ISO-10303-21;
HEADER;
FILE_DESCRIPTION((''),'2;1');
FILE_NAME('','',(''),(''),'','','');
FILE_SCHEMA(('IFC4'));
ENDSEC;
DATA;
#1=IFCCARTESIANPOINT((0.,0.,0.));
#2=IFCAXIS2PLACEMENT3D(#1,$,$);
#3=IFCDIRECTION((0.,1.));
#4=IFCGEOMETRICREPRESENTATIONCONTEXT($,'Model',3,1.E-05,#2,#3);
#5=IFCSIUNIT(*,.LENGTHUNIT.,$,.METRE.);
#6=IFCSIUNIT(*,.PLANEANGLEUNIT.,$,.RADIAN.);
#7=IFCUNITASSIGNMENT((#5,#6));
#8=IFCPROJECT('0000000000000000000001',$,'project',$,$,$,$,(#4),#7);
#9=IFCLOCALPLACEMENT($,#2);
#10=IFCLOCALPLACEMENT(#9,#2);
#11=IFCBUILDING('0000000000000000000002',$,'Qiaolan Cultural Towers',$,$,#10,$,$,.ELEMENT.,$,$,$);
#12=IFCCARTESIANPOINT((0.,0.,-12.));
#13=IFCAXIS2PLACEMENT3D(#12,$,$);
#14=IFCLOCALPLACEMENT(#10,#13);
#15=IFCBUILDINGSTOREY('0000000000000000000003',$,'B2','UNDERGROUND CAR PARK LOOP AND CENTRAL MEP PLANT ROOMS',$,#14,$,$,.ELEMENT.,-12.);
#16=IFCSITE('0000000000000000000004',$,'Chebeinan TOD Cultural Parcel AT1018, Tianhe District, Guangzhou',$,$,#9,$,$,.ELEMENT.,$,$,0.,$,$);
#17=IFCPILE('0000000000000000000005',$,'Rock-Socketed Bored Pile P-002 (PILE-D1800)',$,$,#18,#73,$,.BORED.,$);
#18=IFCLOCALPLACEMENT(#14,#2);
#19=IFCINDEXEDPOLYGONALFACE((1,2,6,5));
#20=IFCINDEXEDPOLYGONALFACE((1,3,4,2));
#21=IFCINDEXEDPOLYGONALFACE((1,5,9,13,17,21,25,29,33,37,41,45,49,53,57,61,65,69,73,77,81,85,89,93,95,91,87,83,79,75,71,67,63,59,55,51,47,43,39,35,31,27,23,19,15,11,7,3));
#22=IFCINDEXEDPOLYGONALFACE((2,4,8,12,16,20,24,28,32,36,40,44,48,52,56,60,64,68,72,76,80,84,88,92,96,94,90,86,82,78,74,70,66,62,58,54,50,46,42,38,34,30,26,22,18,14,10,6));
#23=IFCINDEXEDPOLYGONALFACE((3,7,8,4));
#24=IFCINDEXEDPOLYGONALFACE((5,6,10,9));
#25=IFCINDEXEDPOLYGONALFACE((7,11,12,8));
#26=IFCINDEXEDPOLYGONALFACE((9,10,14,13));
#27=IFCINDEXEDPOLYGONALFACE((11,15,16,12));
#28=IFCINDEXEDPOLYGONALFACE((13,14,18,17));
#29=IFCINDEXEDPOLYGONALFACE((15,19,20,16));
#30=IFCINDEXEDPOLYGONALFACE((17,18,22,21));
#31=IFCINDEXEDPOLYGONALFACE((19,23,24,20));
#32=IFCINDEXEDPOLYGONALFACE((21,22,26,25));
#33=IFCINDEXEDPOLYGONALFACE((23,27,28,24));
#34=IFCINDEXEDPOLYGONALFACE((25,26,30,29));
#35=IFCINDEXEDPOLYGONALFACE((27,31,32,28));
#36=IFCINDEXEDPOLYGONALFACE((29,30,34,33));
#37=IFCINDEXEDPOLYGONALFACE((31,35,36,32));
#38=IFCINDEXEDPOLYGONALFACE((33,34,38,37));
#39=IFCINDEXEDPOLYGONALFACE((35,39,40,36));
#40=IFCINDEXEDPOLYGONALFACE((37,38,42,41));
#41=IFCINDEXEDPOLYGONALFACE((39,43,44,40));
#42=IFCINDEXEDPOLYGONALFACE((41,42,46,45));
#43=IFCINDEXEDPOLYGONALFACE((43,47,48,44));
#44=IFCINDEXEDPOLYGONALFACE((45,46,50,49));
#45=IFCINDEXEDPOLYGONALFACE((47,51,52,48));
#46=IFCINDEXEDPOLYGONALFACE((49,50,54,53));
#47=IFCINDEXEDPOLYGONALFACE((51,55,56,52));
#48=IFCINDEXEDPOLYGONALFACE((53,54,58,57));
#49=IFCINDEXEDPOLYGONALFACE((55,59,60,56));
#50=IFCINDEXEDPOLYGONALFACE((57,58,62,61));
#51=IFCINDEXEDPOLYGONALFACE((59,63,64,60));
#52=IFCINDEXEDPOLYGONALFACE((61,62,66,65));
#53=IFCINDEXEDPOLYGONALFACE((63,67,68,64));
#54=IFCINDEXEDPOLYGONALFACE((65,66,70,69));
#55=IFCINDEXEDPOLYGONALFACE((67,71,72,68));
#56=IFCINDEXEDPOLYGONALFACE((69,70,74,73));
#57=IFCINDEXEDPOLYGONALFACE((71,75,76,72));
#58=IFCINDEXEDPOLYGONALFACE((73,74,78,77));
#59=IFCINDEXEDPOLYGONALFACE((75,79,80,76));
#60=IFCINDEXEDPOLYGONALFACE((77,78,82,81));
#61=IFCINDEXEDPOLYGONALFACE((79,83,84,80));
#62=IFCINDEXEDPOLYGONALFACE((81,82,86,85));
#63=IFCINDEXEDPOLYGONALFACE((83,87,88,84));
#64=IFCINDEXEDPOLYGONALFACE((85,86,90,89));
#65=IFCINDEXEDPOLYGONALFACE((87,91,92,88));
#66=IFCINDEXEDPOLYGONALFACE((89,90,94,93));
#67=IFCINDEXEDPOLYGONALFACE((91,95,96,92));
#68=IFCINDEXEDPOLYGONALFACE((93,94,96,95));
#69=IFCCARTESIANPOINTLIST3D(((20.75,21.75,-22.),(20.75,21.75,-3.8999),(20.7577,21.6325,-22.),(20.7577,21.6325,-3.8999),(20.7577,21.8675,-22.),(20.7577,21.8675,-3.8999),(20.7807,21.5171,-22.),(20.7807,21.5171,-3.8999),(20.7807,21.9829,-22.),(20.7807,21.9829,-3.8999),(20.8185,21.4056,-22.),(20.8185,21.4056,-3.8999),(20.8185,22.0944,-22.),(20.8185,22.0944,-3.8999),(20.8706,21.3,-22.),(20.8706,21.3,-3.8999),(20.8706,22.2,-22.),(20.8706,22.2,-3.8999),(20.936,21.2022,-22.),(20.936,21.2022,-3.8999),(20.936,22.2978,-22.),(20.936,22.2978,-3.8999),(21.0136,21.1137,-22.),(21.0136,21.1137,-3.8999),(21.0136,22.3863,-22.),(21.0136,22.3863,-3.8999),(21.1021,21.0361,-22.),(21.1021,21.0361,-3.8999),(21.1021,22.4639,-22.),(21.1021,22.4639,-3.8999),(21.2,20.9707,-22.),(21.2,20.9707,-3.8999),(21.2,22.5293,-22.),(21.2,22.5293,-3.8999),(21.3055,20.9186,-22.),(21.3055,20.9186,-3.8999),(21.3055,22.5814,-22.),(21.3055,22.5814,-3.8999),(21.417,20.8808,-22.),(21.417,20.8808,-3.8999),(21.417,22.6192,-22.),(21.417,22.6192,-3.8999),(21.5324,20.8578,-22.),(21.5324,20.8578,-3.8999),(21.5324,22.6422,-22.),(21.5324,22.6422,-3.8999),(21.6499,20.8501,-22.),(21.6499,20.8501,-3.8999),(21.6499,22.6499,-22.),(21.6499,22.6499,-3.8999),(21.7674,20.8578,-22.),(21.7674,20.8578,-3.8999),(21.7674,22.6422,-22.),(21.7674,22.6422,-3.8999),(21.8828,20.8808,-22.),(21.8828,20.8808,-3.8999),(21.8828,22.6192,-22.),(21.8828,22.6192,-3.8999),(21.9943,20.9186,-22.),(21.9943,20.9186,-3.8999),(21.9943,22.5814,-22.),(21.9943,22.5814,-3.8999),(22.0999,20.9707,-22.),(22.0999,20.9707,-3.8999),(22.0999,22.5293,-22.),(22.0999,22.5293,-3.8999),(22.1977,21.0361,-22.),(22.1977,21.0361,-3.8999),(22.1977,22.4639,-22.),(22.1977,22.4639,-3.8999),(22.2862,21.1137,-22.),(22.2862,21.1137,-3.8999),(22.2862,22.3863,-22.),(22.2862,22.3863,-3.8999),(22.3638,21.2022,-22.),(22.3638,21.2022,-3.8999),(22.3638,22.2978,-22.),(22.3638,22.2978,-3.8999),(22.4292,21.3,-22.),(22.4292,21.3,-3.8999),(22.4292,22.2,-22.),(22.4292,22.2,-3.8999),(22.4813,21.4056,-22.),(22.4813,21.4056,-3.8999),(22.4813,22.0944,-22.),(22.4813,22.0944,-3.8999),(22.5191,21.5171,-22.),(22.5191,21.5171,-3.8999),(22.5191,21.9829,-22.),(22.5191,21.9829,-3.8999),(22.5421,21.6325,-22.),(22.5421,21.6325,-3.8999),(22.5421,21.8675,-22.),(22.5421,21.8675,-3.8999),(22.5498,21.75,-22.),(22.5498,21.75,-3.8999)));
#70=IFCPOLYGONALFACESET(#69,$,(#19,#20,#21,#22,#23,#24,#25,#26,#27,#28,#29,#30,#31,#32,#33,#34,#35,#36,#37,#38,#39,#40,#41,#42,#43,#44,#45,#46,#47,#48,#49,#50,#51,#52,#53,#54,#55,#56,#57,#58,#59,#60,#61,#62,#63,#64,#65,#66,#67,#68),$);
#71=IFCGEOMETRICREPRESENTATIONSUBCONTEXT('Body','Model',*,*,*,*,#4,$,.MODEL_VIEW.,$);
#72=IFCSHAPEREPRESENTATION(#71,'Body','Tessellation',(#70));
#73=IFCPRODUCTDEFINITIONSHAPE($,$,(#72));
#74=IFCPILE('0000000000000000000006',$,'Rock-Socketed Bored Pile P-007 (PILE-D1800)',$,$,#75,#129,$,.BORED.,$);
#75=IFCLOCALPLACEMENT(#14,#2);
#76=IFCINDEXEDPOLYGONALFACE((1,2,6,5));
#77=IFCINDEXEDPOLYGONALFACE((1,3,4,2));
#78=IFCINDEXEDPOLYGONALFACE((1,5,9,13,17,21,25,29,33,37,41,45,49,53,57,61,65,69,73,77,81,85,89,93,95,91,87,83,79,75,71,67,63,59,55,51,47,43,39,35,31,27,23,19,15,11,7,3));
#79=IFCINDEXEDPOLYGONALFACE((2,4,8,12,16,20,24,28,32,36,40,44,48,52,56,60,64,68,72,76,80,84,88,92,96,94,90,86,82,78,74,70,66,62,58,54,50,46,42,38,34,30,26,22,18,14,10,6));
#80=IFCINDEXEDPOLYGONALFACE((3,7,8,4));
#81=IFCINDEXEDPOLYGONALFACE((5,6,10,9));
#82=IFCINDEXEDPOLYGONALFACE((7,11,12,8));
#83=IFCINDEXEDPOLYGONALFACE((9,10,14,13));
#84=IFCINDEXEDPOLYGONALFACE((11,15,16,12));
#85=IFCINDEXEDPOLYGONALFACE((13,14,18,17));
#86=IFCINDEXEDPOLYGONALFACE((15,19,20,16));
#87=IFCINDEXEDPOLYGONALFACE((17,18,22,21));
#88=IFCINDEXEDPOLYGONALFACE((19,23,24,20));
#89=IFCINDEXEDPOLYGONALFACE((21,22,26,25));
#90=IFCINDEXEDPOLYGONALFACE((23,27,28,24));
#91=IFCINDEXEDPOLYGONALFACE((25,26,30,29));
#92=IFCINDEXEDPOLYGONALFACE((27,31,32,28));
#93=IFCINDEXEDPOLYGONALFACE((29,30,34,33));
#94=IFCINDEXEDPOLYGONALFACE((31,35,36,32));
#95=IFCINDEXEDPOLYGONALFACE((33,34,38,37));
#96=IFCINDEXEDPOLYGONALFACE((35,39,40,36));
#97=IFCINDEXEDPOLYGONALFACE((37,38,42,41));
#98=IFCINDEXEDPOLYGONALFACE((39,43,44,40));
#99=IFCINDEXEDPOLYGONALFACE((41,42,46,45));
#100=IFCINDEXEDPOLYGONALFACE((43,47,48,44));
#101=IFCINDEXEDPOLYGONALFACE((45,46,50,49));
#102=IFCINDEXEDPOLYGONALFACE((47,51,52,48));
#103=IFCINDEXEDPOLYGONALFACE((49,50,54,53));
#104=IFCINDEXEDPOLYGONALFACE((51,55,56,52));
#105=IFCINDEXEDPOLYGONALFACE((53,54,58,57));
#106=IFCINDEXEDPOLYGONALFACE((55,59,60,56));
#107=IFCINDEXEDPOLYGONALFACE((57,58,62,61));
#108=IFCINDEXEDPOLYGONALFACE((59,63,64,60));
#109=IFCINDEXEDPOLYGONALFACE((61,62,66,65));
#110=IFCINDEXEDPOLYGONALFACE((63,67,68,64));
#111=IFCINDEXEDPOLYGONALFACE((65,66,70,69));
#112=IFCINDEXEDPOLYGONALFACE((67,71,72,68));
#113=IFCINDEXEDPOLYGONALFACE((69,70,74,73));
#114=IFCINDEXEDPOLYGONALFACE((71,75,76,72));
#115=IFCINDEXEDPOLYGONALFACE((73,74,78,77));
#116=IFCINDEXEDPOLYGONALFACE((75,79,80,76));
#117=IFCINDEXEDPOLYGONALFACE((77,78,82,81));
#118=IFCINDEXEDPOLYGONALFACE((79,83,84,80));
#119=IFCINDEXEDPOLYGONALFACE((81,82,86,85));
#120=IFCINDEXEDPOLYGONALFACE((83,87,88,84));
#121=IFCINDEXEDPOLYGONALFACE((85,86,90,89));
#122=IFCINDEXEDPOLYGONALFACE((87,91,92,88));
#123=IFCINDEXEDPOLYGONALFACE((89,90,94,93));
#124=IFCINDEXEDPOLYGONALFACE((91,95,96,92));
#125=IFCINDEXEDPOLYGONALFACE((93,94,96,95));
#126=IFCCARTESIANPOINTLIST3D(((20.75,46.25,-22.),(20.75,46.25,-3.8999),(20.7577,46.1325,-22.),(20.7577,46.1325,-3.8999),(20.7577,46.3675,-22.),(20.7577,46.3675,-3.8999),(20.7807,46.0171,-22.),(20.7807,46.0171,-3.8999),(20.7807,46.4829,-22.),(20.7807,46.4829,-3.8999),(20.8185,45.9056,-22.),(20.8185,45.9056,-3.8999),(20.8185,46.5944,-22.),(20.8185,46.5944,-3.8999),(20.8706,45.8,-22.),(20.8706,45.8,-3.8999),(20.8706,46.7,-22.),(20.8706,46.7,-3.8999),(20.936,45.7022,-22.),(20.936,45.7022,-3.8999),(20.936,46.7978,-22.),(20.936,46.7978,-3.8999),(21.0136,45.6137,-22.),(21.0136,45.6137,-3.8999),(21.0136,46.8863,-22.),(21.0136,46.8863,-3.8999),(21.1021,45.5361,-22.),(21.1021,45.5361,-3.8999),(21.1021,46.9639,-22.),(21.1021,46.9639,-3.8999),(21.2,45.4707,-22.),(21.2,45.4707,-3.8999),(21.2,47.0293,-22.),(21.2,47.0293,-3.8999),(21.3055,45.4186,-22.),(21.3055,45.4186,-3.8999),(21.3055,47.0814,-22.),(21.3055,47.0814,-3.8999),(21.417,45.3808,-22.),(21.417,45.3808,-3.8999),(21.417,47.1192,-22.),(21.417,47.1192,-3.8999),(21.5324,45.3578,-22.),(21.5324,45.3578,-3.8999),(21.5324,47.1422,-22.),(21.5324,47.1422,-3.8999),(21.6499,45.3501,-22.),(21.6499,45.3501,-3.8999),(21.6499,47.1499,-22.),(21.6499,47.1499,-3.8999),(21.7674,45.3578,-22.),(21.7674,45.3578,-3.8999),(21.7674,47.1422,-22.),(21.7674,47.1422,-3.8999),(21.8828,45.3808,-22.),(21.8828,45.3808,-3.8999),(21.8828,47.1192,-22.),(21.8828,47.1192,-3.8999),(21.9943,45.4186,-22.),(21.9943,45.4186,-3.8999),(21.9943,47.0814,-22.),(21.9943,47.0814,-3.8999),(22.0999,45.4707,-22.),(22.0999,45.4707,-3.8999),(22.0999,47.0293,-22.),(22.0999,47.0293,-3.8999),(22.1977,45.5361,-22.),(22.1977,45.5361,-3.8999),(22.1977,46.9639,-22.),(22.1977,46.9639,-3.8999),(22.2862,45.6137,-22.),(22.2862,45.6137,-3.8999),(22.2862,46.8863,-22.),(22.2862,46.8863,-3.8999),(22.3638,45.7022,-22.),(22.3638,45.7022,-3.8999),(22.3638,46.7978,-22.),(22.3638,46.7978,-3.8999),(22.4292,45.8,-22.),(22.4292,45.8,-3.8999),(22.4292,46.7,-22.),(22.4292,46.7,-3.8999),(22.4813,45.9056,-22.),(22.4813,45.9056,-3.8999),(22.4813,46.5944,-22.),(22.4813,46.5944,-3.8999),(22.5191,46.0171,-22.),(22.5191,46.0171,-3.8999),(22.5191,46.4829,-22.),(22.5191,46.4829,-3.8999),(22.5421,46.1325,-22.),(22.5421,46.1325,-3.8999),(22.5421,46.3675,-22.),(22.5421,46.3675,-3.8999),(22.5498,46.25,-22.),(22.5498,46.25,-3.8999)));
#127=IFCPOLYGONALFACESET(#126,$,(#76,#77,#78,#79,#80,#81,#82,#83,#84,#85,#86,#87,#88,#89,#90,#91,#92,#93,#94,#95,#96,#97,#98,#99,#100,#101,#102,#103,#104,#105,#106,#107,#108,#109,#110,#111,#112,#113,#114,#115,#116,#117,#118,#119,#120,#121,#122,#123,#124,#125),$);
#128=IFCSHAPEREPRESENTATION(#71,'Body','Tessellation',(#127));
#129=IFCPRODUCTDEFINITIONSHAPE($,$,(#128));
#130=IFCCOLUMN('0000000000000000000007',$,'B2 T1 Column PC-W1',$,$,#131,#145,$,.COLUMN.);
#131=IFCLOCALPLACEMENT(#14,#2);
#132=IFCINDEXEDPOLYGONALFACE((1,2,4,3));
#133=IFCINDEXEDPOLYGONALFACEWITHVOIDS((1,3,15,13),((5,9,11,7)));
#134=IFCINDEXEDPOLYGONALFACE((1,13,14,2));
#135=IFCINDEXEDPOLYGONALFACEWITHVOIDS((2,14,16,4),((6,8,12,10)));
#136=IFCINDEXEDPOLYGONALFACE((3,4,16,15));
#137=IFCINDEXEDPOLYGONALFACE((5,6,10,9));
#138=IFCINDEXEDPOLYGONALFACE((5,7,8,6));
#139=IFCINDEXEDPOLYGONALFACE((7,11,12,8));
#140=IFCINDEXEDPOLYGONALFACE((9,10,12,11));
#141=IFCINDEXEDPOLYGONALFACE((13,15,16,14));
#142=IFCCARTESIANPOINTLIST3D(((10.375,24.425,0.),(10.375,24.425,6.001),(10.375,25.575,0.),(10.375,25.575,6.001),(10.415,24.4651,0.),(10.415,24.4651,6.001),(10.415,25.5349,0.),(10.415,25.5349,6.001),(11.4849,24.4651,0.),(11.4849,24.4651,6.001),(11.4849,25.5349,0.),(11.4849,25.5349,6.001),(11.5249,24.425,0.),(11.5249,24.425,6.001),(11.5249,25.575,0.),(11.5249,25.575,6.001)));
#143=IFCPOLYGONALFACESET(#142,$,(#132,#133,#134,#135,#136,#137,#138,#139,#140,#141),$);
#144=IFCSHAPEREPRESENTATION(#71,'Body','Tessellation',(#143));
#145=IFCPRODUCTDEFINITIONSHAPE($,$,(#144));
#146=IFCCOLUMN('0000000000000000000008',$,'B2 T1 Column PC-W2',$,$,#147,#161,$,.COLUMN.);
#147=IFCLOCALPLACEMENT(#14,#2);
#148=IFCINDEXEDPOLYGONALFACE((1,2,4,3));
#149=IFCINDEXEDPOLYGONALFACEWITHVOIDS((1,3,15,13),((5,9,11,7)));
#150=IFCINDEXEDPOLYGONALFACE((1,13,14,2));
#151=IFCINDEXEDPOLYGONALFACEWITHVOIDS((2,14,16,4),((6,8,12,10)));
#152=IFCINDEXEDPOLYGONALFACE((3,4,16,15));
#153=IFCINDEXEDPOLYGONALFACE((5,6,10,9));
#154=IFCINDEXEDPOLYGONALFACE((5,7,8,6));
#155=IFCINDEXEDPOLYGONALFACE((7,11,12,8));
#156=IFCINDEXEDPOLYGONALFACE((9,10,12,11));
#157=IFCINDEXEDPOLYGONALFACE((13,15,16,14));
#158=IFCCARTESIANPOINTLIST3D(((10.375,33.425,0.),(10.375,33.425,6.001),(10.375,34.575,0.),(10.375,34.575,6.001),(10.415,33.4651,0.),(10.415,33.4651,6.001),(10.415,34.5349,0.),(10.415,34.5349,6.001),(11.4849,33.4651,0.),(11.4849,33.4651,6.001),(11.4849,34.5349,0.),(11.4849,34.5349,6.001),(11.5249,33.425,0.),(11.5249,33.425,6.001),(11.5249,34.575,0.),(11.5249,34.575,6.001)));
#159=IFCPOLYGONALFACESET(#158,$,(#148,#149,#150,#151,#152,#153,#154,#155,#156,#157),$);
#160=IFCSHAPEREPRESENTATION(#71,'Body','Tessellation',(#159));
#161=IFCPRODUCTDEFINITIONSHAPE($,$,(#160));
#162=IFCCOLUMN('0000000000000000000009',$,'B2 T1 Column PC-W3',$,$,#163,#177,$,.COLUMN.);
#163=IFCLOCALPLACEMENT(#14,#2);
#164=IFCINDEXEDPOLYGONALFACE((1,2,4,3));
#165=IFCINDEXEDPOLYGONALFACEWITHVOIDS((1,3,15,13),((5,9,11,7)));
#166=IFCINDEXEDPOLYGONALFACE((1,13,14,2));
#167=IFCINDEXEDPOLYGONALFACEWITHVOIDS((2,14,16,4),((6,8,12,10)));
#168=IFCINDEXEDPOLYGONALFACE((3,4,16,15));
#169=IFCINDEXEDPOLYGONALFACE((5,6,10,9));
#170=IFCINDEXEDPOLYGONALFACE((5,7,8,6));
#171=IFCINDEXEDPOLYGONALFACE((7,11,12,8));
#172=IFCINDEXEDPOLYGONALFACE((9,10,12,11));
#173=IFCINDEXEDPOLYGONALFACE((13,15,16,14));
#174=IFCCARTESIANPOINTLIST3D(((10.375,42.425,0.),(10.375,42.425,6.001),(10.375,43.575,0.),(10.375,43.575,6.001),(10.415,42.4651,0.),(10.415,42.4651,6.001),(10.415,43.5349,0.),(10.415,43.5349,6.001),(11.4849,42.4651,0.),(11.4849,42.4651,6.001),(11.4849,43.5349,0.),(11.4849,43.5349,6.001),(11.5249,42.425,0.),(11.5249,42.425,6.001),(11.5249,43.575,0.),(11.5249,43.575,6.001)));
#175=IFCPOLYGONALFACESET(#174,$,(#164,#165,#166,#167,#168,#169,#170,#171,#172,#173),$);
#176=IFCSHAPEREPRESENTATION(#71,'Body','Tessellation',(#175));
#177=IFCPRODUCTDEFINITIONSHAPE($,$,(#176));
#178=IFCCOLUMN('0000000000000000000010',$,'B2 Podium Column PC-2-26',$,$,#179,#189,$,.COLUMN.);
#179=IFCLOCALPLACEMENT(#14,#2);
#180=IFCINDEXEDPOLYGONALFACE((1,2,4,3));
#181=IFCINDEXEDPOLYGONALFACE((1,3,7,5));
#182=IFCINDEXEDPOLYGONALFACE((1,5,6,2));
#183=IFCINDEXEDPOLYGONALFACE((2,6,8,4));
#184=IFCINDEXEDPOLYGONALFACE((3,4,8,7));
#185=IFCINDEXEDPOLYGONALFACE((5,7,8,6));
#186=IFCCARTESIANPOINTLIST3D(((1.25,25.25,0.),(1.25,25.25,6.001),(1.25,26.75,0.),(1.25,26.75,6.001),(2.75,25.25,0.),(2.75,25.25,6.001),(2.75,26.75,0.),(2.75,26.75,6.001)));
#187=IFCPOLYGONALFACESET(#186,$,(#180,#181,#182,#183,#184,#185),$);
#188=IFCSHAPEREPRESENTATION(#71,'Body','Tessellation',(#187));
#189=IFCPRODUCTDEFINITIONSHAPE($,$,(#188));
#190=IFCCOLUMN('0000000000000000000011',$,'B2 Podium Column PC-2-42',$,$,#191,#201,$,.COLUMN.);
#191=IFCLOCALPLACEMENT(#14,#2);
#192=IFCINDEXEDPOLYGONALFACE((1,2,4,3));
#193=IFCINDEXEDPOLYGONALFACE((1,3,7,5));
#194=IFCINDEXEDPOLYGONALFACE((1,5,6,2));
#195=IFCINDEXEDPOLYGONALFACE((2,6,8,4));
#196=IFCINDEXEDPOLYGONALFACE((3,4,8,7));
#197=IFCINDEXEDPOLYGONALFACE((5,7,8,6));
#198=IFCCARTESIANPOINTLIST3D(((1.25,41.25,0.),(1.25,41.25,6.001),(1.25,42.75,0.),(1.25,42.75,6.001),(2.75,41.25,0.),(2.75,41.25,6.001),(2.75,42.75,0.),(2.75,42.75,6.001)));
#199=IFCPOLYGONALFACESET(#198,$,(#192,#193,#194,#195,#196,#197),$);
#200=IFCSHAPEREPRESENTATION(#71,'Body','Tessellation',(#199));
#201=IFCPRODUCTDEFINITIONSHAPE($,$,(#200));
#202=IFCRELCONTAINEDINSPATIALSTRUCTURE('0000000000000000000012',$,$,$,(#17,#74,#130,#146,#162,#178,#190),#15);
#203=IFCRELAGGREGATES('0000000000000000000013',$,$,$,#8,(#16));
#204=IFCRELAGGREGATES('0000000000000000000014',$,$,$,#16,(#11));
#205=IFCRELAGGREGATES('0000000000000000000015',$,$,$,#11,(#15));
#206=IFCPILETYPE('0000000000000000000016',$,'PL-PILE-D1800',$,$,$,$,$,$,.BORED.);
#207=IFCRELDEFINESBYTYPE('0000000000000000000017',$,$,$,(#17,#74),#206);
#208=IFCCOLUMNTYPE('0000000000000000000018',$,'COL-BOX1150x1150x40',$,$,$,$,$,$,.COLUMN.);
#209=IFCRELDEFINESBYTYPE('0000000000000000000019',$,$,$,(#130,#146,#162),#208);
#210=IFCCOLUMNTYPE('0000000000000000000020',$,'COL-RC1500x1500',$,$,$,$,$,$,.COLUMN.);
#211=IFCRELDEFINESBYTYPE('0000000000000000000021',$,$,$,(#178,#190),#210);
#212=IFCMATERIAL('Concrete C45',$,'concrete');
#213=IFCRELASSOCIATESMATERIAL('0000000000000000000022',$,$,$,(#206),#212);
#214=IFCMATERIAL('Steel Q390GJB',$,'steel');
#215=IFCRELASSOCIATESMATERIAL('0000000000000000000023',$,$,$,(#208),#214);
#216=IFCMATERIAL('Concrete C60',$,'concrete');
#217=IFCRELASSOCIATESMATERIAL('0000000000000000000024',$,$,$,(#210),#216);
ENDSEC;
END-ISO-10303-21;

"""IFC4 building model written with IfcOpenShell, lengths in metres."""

from ifc_helpers import new_model, si_unit, direction, frame, origin, origin_2d, place, context, subcontext, project, spatial, rectangle, hollow_rectangle, circle, extrude, material, material_profile, profile_set, type_object, element, save


model = new_model("IFC4")

# Units and contexts
model_context = context("Model", 3, precision=1e-05, world=origin(), true_north=direction((0.0, 1.0)))
body_context = subcontext(model_context, "Body", "Model", "MODEL_VIEW")
ifc_project = project(units=[si_unit("LENGTHUNIT", "METRE"), si_unit("PLANEANGLEUNIT", "RADIAN")], contexts=[model_context])

# Site, building, storey
site_placement = place(None, origin())
site = spatial("IfcSite", under=ifc_project, at=site_placement, Name="Chebeinan TOD Cultural Parcel AT1018, Tianhe District, Guangzhou", CompositionType="ELEMENT", RefElevation=0.0)
building_placement = place(site_placement, origin())
building = spatial("IfcBuilding", under=site, at=building_placement, Name="Qiaolan Cultural Towers", CompositionType="ELEMENT")
storey_placement = place(building_placement, frame((0.0, 0.0, -12.0)))
storey = spatial("IfcBuildingStorey", under=building, at=storey_placement, Name="B2", Description="UNDERGROUND CAR PARK LOOP AND CENTRAL MEP PLANT ROOMS", CompositionType="ELEMENT", Elevation=-12.0)

# Piles
ifc_material_1 = material(Name="Concrete C45", Category="concrete")
ifc_material_profile_1 = material_profile(ifc_material_1, circle(Radius=0.8999, at=origin_2d()), Name="PILE-D1800")
ifc_profile_set_1 = profile_set([ifc_material_profile_1], Name="Concrete C45")
pile_type_1 = type_object("IfcPileType", Name="PL-PILE-D1800", PredefinedType="BORED", material=ifc_profile_set_1)
for number, where, z_axis, x_axis, name in (
    (1, (21.6499, 21.75, -3.8999), (0.0, 0.0, -1.0), (1.0, 0.0, 0.0), "Rock-Socketed Bored Pile P-002 (PILE-D1800)"),
    (2, (21.6499, 46.25, -3.8999), (0.0, 0.0, -1.0), (1.0, 0.0, 0.0), "Rock-Socketed Bored Pile P-007 (PILE-D1800)"),
):
    element("IfcPile", number, at=place(storey_placement, frame(where, z_axis=z_axis, x_axis=x_axis)), inside=storey, type_object=pile_type_1, Name=name, PredefinedType="BORED", context=body_context, shape_type="SweptSolid", body=[
        extrude(circle(Radius=0.8999, at=origin_2d()), origin(), (0.0, 0.0, 1.0), 18.1001),
    ])

# Columns
ifc_material_2 = material(Name="Steel Q390GJB", Category="steel")
ifc_material_profile_2 = material_profile(ifc_material_2, hollow_rectangle(XDim=1.1499, YDim=1.1499, WallThickness=0.04, at=origin_2d()), Name="BOX1150x1150x40")
ifc_profile_set_2 = profile_set([ifc_material_profile_2], Name="Steel Q390GJB")
column_type_1 = type_object("IfcColumnType", Name="COL-BOX1150x1150x40", PredefinedType="COLUMN", material=ifc_profile_set_2)
for number, where, z_axis, x_axis, name in (
    (3, (10.95, 25.0, 0.0), (0.0, 0.0, 1.0), (1.0, 0.0, 0.0), "B2 T1 Column PC-W1"),
    (4, (10.95, 34.0, 0.0), (0.0, 0.0, 1.0), (1.0, 0.0, 0.0), "B2 T1 Column PC-W2"),
    (5, (10.95, 43.0, 0.0), (0.0, 0.0, 1.0), (1.0, 0.0, 0.0), "B2 T1 Column PC-W3"),
):
    element("IfcColumn", number, at=place(storey_placement, frame(where, z_axis=z_axis, x_axis=x_axis)), inside=storey, type_object=column_type_1, Name=name, PredefinedType="COLUMN", context=body_context, shape_type="SweptSolid", body=[
        extrude(hollow_rectangle(XDim=1.1499, YDim=1.1499, WallThickness=0.04, at=origin_2d()), origin(), (0.0, 0.0, 1.0), 6.001),
    ])
ifc_material_3 = material(Name="Concrete C60", Category="concrete")
ifc_material_profile_3 = material_profile(ifc_material_3, rectangle(XDim=1.5, YDim=1.5, at=origin_2d()), Name="RC1500x1500")
ifc_profile_set_3 = profile_set([ifc_material_profile_3], Name="Concrete C60")
column_type_2 = type_object("IfcColumnType", Name="COL-RC1500x1500", PredefinedType="COLUMN", material=ifc_profile_set_3)
for number, where, z_axis, x_axis, name in (
    (6, (2.0, 26.0, 0.0), (0.0, 0.0, 1.0), (1.0, 0.0, 0.0), "B2 Podium Column PC-2-26"),
    (7, (2.0, 42.0, 0.0), (0.0, 0.0, 1.0), (1.0, 0.0, 0.0), "B2 Podium Column PC-2-42"),
):
    element("IfcColumn", number, at=place(storey_placement, frame(where, z_axis=z_axis, x_axis=x_axis)), inside=storey, type_object=column_type_2, Name=name, PredefinedType="COLUMN", context=body_context, shape_type="SweptSolid", body=[
        extrude(rectangle(XDim=1.5, YDim=1.5, at=origin_2d()), origin(), (0.0, 0.0, 1.0), 6.001),
    ])

save(model, "model.ifc")
